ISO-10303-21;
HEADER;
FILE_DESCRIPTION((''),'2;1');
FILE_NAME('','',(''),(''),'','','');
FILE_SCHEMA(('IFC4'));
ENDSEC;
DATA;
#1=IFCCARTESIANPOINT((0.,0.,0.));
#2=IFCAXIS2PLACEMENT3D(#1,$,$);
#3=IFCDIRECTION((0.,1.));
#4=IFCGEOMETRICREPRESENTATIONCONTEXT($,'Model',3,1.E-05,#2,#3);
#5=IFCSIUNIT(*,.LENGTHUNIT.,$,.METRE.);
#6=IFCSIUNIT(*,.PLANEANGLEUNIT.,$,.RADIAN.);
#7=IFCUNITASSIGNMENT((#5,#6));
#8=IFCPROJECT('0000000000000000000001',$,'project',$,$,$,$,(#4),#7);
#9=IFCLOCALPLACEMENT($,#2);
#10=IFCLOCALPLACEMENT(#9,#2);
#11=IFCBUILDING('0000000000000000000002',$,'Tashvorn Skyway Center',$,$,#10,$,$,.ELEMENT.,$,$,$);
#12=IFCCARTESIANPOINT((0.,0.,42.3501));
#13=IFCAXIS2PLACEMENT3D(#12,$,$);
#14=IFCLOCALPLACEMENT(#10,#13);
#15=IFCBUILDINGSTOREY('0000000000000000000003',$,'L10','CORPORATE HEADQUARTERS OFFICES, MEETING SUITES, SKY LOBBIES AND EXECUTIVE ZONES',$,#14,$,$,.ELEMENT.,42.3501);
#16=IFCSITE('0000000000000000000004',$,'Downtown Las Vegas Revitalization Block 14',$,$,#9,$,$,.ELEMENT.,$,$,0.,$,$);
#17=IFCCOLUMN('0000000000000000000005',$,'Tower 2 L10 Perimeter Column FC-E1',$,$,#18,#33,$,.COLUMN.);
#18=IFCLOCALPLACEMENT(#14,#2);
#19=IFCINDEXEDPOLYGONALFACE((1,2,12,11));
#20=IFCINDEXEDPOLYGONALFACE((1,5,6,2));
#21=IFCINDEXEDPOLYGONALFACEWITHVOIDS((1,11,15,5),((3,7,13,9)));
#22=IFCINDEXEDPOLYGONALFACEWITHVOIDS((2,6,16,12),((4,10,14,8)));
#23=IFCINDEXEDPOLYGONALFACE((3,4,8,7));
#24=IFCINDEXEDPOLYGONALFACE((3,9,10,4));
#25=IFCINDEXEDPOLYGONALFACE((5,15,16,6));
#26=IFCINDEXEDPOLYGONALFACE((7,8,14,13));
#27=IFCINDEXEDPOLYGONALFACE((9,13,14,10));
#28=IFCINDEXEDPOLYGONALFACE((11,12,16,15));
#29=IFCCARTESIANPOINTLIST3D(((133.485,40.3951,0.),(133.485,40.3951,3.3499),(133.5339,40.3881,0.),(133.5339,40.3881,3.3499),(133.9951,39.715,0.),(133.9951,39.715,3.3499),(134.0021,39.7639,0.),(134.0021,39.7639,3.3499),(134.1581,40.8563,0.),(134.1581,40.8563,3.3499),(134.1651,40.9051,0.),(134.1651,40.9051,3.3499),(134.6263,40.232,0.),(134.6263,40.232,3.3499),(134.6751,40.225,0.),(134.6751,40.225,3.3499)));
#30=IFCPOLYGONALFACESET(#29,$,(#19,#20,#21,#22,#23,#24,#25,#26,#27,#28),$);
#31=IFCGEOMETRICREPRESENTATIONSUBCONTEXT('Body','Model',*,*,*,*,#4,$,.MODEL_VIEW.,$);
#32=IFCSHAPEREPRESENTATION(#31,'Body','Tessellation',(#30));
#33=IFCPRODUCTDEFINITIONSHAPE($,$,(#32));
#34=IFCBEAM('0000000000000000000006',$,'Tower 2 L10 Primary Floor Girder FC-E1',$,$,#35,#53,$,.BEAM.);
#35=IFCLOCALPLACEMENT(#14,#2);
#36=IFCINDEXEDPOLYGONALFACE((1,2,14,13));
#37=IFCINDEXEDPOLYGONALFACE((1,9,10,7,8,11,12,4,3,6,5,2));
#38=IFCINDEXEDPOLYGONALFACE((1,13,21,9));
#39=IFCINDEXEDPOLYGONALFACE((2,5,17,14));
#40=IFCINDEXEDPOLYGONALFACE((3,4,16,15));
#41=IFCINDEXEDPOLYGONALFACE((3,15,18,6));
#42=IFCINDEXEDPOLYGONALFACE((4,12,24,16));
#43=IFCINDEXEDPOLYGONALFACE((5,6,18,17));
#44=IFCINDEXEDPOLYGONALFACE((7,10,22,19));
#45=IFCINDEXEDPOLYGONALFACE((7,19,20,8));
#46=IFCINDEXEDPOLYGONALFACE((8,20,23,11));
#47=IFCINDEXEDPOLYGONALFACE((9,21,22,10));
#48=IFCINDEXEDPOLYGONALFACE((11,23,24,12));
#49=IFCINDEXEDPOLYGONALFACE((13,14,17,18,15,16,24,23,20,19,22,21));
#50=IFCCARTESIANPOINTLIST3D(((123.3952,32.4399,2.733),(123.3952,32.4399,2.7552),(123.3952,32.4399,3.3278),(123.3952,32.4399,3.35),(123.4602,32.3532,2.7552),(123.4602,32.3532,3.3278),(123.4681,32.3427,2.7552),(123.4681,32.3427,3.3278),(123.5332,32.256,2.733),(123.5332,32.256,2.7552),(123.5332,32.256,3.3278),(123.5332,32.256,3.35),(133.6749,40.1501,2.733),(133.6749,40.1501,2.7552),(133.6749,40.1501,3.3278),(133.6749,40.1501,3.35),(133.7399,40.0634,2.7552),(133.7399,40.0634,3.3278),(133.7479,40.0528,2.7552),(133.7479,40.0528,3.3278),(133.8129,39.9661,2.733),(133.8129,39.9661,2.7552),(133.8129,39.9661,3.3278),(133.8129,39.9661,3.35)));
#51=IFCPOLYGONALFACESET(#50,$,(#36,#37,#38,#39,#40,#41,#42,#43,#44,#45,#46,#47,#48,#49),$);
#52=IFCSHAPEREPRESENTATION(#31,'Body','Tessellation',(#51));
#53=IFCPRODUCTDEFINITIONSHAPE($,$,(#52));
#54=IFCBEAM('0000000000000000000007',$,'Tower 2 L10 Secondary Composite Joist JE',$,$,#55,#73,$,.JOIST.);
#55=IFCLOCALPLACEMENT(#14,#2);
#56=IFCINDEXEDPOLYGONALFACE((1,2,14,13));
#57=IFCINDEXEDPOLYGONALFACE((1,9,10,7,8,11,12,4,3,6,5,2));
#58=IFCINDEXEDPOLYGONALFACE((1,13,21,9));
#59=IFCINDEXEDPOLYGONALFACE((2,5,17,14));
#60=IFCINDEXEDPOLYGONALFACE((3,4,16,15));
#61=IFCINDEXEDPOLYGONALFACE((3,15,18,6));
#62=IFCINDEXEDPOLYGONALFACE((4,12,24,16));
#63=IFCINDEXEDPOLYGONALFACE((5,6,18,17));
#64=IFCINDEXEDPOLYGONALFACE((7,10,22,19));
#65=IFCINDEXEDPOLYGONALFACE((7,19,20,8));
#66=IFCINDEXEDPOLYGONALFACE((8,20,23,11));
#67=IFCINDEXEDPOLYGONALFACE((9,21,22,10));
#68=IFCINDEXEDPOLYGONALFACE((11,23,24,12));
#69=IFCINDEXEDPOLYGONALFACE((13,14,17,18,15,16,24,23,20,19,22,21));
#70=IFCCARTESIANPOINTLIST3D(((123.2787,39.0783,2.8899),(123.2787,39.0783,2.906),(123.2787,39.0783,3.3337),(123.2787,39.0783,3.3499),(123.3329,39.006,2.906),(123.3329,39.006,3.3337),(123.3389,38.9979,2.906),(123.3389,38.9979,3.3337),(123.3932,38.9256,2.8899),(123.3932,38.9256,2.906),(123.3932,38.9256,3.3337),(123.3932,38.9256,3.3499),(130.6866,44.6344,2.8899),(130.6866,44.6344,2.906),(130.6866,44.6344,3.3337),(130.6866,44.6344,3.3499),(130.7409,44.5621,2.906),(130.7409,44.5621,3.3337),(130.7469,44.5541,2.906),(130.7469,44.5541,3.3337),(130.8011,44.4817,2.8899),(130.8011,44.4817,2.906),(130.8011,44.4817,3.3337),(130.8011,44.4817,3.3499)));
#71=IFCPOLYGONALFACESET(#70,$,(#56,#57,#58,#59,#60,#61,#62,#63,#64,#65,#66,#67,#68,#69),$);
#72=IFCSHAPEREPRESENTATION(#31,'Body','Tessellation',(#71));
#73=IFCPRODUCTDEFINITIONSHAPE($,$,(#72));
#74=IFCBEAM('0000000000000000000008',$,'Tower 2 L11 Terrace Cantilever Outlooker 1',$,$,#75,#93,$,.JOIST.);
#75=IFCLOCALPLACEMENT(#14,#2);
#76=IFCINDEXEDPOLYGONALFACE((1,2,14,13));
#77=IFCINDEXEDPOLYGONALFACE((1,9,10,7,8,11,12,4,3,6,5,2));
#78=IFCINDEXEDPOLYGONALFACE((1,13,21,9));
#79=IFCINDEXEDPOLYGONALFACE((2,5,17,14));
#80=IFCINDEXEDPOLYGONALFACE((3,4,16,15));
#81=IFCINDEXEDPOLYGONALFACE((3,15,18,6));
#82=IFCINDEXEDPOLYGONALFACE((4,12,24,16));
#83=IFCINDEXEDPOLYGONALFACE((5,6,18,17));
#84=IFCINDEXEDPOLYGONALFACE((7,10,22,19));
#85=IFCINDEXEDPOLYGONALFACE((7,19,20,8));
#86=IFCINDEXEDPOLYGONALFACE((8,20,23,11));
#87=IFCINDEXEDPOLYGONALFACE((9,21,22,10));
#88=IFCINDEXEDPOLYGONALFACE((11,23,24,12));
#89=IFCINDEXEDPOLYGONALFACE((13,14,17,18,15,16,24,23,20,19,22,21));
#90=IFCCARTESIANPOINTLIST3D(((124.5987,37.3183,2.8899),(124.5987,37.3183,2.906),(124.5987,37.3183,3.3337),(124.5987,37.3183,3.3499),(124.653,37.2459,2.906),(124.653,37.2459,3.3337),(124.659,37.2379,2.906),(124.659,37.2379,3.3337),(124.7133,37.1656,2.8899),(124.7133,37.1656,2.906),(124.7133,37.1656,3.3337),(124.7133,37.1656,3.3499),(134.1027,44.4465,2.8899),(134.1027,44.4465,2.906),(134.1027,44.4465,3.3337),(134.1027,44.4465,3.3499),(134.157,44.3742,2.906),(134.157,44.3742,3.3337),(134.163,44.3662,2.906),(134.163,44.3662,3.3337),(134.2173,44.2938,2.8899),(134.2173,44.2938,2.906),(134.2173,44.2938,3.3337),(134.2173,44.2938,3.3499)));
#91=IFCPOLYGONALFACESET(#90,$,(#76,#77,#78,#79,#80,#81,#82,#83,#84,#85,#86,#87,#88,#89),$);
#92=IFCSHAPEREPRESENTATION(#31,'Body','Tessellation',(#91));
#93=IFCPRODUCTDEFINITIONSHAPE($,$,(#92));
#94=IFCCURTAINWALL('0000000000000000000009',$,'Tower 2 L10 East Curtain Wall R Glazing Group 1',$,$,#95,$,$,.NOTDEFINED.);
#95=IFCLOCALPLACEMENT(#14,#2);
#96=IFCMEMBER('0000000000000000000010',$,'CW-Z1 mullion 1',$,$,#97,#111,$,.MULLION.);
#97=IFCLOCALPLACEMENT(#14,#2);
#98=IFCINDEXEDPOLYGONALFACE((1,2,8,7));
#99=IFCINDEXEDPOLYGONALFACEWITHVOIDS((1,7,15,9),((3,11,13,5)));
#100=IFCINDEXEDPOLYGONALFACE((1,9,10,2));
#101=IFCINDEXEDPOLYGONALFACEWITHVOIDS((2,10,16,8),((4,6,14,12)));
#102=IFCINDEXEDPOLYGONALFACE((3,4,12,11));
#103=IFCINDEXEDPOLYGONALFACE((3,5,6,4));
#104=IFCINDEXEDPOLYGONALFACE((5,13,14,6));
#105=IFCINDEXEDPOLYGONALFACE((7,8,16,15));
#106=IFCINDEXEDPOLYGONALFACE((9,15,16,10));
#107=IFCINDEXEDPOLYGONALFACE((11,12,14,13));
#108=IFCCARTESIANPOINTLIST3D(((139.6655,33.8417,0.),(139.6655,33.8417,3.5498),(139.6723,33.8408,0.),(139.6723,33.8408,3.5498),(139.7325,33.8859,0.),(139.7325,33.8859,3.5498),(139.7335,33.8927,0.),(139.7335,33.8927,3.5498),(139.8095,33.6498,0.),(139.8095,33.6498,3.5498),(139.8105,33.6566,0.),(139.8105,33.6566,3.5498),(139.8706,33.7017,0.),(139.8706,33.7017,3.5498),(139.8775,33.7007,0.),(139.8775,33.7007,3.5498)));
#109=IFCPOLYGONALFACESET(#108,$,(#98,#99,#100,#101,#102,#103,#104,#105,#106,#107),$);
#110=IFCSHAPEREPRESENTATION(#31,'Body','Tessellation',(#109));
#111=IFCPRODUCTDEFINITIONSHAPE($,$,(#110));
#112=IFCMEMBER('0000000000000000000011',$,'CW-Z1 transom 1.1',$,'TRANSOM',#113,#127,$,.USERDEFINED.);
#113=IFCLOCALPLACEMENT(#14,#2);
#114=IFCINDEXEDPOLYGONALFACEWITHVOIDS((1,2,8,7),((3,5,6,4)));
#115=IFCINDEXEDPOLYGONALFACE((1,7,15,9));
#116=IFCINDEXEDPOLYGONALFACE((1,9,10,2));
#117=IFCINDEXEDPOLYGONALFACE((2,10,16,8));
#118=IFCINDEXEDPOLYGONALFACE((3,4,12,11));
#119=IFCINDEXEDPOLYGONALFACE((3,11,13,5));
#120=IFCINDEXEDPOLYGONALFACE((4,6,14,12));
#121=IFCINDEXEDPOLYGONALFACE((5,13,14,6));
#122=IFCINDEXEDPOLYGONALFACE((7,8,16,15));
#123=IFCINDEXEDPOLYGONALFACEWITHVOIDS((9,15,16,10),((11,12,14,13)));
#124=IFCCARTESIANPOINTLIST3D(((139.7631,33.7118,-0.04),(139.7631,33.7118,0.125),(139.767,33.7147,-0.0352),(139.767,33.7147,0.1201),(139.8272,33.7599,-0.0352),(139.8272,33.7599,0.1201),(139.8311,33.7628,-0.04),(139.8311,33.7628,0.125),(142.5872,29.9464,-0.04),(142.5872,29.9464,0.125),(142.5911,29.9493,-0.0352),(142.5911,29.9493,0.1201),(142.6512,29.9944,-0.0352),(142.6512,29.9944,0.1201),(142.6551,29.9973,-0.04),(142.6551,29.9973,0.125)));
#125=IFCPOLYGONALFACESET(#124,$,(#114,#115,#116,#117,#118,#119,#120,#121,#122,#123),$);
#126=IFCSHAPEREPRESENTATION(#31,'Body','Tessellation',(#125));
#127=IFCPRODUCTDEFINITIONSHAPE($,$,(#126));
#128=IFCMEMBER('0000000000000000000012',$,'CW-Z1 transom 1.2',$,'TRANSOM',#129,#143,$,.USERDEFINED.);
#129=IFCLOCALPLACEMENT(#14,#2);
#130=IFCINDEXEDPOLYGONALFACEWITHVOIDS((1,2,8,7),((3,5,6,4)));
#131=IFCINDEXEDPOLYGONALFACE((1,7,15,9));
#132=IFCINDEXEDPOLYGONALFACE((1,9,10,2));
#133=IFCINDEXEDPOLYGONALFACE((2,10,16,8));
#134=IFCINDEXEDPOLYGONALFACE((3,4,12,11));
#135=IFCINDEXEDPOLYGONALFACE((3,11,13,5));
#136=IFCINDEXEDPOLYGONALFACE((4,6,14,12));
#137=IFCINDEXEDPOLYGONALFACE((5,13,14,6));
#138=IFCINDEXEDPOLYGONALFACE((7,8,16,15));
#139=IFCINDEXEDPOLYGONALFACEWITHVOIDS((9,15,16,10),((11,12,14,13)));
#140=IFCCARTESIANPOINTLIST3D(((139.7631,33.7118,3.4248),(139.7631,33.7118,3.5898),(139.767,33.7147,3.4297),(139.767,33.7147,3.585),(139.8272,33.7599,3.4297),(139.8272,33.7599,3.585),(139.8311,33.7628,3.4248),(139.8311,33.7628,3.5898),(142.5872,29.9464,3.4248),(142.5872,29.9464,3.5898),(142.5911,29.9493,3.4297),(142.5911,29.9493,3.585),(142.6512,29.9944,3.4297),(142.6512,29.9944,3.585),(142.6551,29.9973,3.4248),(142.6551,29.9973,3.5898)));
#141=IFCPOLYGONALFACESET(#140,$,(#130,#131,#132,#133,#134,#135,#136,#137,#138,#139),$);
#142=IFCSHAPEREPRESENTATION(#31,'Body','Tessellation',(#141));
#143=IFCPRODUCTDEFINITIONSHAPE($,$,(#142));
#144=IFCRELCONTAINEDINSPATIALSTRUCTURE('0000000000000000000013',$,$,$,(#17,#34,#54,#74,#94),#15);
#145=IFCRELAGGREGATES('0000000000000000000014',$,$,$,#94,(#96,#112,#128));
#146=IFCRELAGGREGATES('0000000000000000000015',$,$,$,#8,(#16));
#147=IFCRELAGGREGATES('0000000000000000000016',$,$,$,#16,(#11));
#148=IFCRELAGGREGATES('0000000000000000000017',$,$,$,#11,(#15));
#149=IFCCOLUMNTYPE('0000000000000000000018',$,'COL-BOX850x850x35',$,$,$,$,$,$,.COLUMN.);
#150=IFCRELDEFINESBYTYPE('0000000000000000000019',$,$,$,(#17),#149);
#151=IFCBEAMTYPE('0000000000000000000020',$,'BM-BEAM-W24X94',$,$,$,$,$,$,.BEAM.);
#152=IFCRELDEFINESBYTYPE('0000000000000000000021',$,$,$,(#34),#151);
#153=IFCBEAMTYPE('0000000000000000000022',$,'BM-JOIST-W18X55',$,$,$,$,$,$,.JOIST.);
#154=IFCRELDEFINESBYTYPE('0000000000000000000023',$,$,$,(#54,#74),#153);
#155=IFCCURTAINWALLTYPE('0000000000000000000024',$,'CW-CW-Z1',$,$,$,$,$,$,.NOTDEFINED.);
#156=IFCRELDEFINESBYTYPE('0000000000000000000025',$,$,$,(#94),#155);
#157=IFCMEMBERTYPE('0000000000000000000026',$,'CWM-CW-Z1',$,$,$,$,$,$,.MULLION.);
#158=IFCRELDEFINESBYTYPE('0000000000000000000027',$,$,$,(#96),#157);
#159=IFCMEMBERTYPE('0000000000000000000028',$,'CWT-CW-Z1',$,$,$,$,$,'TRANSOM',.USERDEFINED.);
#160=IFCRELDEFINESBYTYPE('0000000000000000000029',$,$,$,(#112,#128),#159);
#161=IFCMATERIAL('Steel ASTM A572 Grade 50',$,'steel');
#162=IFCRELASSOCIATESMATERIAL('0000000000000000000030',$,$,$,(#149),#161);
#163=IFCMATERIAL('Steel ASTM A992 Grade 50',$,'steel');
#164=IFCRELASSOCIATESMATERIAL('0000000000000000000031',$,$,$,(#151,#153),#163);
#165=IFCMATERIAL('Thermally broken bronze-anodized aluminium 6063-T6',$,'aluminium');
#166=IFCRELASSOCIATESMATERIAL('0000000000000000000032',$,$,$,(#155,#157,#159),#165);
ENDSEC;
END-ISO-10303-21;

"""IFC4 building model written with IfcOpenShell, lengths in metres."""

from ifc_helpers import new_model, si_unit, direction, frame, origin, origin_2d, place, context, subcontext, project, spatial, hollow_rectangle, i_section, extrude, material, material_profile, profile_set, type_object, element, aggregate, save


model = new_model("IFC4")

# Units and contexts
model_context = context("Model", 3, precision=1e-05, world=origin(), true_north=direction((0.0, 1.0)))
body_context = subcontext(model_context, "Body", "Model", "MODEL_VIEW")
ifc_project = project(units=[si_unit("LENGTHUNIT", "METRE"), si_unit("PLANEANGLEUNIT", "RADIAN")], contexts=[model_context])

# Site, building, storey
site_placement = place(None, origin())
site = spatial("IfcSite", under=ifc_project, at=site_placement, Name="Downtown Las Vegas Revitalization Block 14", CompositionType="ELEMENT", RefElevation=0.0)
building_placement = place(site_placement, origin())
building = spatial("IfcBuilding", under=site, at=building_placement, Name="Tashvorn Skyway Center", CompositionType="ELEMENT")
storey_placement = place(building_placement, frame((0.0, 0.0, 42.3501)))
storey = spatial("IfcBuildingStorey", under=building, at=storey_placement, Name="L10", Description="CORPORATE HEADQUARTERS OFFICES, MEETING SUITES, SKY LOBBIES AND EXECUTIVE ZONES", CompositionType="ELEMENT", Elevation=42.3501)

# Column
ifc_material_1 = material(Name="Steel ASTM A572 Grade 50", Category="steel")
ifc_material_profile_1 = material_profile(ifc_material_1, hollow_rectangle(XDim=0.8501, YDim=0.8501, WallThickness=0.0349, at=origin_2d()), Name="BOX850x850x35")
ifc_profile_set_1 = profile_set([ifc_material_profile_1], Name="Steel ASTM A572 Grade 50")
column_type = type_object("IfcColumnType", Name="COL-BOX850x850x35", PredefinedType="COLUMN", material=ifc_profile_set_1)
column_placement = place(storey_placement, frame((134.0801, 40.3101, 0.0), z_axis=(0.0, 0.0, 1.0), x_axis=(0.8, 0.6, 0.0)))
element("IfcColumn", 1, at=column_placement, inside=storey, type_object=column_type, Name="Tower 2 L10 Perimeter Column FC-E1", PredefinedType="COLUMN", context=body_context, shape_type="SweptSolid", body=[
    extrude(hollow_rectangle(XDim=0.8501, YDim=0.8501, WallThickness=0.0349, at=origin_2d()), origin(), (0.0, 0.0, 1.0), 3.3499),
])

# Beams
ifc_material_2 = material(Name="Steel ASTM A992 Grade 50", Category="steel")
ifc_material_profile_2 = material_profile(ifc_material_2, i_section(OverallWidth=0.23, OverallDepth=0.6169, WebThickness=0.0132, FlangeThickness=0.0222, at=origin_2d()), Name="W24X94")
ifc_profile_set_2 = profile_set([ifc_material_profile_2], Name="Steel ASTM A992 Grade 50")
beam_type_1 = type_object("IfcBeamType", Name="BM-BEAM-W24X94", PredefinedType="BEAM", material=ifc_profile_set_2)
beam_1_placement = place(storey_placement, frame((133.7439, 40.0581, 3.0415), z_axis=(-0.799986, -0.600018, 0.0), x_axis=(0.600018, -0.799986, 0.0)))
element("IfcBeam", 2, at=beam_1_placement, inside=storey, type_object=beam_type_1, Name="Tower 2 L10 Primary Floor Girder FC-E1", PredefinedType="BEAM", context=body_context, shape_type="SweptSolid", body=[
    extrude(i_section(OverallWidth=0.23, OverallDepth=0.6169, WebThickness=0.0132, FlangeThickness=0.0222, at=origin_2d()), origin(), (0.0, 0.0, 1.0), 12.8499),
])
ifc_material_profile_3 = material_profile(ifc_material_2, i_section(OverallWidth=0.1909, OverallDepth=0.46, WebThickness=0.01, FlangeThickness=0.0161, at=origin_2d()), Name="W18X55")
ifc_profile_set_3 = profile_set([ifc_material_profile_3], Name="Steel ASTM A992 Grade 50")
beam_type_2 = type_object("IfcBeamType", Name="BM-JOIST-W18X55", PredefinedType="JOIST", material=ifc_profile_set_3)
beam_2_placement = place(storey_placement, frame((123.3359, 39.002, 3.1199), z_axis=(0.799991, 0.600013, 0.0), x_axis=(-0.600013, 0.799991, 0.0)))
element("IfcBeam", 3, at=beam_2_placement, inside=storey, type_object=beam_type_2, Name="Tower 2 L10 Secondary Composite Joist JE", PredefinedType="JOIST", context=body_context, shape_type="SweptSolid", body=[
    extrude(i_section(OverallWidth=0.1909, OverallDepth=0.46, WebThickness=0.01, FlangeThickness=0.0161, at=origin_2d()), origin(), (0.0, 0.0, 1.0), 9.26),
])
beam_3_placement = place(storey_placement, frame((124.656, 37.2419, 3.1199), z_axis=(0.79999, 0.600013, 0.0), x_axis=(-0.600013, 0.79999, 0.0)))
element("IfcBeam", 4, at=beam_3_placement, inside=storey, type_object=beam_type_2, Name="Tower 2 L11 Terrace Cantilever Outlooker 1", PredefinedType="JOIST", context=body_context, shape_type="SweptSolid", body=[
    extrude(i_section(OverallWidth=0.1909, OverallDepth=0.46, WebThickness=0.01, FlangeThickness=0.0161, at=origin_2d()), origin(), (0.0, 0.0, 1.0), 11.8801),
])

# Curtain wall, members
ifc_material_3 = material(Name="Thermally broken bronze-anodized aluminium 6063-T6", Category="aluminium")
curtain_wall_type = type_object("IfcCurtainWallType", Name="CW-CW-Z1", PredefinedType="NOTDEFINED", material=ifc_material_3)
curtain_wall_placement = place(storey_placement, origin())
curtain_wall = element("IfcCurtainWall", 5, at=curtain_wall_placement, inside=storey, type_object=curtain_wall_type, Name="Tower 2 L10 East Curtain Wall R Glazing Group 1", PredefinedType="NOTDEFINED")
ifc_material_profile_4 = material_profile(ifc_material_3, hollow_rectangle(XDim=0.085, YDim=0.24, WallThickness=0.0049, at=origin_2d()), Name="ALU-MULL-85x240")
ifc_profile_set_4 = profile_set([ifc_material_profile_4], Name="Thermally broken bronze-anodized aluminium 6063-T6")
member_type_1 = type_object("IfcMemberType", Name="CWM-CW-Z1", PredefinedType="MULLION", material=ifc_profile_set_4)
member_1_placement = place(storey_placement, frame((139.7715, 33.7712, 0.0), z_axis=(0.0, 0.0, 1.0), x_axis=(0.799998, 0.600003, 0.0)))
member_1 = element("IfcMember", 6, at=member_1_placement, type_object=member_type_1, Name="CW-Z1 mullion 1", PredefinedType="MULLION", context=body_context, shape_type="SweptSolid", body=[
    extrude(hollow_rectangle(XDim=0.085, YDim=0.24, WallThickness=0.0049, at=origin_2d()), origin(), (0.0, 0.0, 1.0), 3.5498),
])
ifc_material_profile_5 = material_profile(ifc_material_3, hollow_rectangle(XDim=0.085, YDim=0.165, WallThickness=0.0049, at=origin_2d()), Name="ALU-TRAN-85x165")
ifc_profile_set_5 = profile_set([ifc_material_profile_5], Name="Thermally broken bronze-anodized aluminium 6063-T6")
member_type_2 = type_object("IfcMemberType", Name="CWT-CW-Z1", ElementType="TRANSOM", PredefinedType="USERDEFINED", material=ifc_profile_set_5)
member_2_placement = place(storey_placement, frame((139.7971, 33.7373, 0.0425), z_axis=(0.599992, -0.800006, 0.0), x_axis=(0.800006, 0.599992, 0.0)))
member_2 = element("IfcMember", 7, at=member_2_placement, type_object=member_type_2, Name="CW-Z1 transom 1.1", ObjectType="TRANSOM", PredefinedType="USERDEFINED", context=body_context, shape_type="SweptSolid", body=[
    extrude(hollow_rectangle(XDim=0.085, YDim=0.165, WallThickness=0.0049, at=origin_2d()), origin(), (0.0, 0.0, 1.0), 4.7068),
])
member_3_placement = place(storey_placement, frame((139.7971, 33.7373, 3.5073), z_axis=(0.599992, -0.800006, 0.0), x_axis=(0.800006, 0.599992, 0.0)))
member_3 = element("IfcMember", 8, at=member_3_placement, type_object=member_type_2, Name="CW-Z1 transom 1.2", ObjectType="TRANSOM", PredefinedType="USERDEFINED", context=body_context, shape_type="SweptSolid", body=[
    extrude(hollow_rectangle(XDim=0.085, YDim=0.165, WallThickness=0.0049, at=origin_2d()), origin(), (0.0, 0.0, 1.0), 4.7068),
])
aggregate(curtain_wall, [member_1, member_2, member_3])

save(model, "model.ifc")
